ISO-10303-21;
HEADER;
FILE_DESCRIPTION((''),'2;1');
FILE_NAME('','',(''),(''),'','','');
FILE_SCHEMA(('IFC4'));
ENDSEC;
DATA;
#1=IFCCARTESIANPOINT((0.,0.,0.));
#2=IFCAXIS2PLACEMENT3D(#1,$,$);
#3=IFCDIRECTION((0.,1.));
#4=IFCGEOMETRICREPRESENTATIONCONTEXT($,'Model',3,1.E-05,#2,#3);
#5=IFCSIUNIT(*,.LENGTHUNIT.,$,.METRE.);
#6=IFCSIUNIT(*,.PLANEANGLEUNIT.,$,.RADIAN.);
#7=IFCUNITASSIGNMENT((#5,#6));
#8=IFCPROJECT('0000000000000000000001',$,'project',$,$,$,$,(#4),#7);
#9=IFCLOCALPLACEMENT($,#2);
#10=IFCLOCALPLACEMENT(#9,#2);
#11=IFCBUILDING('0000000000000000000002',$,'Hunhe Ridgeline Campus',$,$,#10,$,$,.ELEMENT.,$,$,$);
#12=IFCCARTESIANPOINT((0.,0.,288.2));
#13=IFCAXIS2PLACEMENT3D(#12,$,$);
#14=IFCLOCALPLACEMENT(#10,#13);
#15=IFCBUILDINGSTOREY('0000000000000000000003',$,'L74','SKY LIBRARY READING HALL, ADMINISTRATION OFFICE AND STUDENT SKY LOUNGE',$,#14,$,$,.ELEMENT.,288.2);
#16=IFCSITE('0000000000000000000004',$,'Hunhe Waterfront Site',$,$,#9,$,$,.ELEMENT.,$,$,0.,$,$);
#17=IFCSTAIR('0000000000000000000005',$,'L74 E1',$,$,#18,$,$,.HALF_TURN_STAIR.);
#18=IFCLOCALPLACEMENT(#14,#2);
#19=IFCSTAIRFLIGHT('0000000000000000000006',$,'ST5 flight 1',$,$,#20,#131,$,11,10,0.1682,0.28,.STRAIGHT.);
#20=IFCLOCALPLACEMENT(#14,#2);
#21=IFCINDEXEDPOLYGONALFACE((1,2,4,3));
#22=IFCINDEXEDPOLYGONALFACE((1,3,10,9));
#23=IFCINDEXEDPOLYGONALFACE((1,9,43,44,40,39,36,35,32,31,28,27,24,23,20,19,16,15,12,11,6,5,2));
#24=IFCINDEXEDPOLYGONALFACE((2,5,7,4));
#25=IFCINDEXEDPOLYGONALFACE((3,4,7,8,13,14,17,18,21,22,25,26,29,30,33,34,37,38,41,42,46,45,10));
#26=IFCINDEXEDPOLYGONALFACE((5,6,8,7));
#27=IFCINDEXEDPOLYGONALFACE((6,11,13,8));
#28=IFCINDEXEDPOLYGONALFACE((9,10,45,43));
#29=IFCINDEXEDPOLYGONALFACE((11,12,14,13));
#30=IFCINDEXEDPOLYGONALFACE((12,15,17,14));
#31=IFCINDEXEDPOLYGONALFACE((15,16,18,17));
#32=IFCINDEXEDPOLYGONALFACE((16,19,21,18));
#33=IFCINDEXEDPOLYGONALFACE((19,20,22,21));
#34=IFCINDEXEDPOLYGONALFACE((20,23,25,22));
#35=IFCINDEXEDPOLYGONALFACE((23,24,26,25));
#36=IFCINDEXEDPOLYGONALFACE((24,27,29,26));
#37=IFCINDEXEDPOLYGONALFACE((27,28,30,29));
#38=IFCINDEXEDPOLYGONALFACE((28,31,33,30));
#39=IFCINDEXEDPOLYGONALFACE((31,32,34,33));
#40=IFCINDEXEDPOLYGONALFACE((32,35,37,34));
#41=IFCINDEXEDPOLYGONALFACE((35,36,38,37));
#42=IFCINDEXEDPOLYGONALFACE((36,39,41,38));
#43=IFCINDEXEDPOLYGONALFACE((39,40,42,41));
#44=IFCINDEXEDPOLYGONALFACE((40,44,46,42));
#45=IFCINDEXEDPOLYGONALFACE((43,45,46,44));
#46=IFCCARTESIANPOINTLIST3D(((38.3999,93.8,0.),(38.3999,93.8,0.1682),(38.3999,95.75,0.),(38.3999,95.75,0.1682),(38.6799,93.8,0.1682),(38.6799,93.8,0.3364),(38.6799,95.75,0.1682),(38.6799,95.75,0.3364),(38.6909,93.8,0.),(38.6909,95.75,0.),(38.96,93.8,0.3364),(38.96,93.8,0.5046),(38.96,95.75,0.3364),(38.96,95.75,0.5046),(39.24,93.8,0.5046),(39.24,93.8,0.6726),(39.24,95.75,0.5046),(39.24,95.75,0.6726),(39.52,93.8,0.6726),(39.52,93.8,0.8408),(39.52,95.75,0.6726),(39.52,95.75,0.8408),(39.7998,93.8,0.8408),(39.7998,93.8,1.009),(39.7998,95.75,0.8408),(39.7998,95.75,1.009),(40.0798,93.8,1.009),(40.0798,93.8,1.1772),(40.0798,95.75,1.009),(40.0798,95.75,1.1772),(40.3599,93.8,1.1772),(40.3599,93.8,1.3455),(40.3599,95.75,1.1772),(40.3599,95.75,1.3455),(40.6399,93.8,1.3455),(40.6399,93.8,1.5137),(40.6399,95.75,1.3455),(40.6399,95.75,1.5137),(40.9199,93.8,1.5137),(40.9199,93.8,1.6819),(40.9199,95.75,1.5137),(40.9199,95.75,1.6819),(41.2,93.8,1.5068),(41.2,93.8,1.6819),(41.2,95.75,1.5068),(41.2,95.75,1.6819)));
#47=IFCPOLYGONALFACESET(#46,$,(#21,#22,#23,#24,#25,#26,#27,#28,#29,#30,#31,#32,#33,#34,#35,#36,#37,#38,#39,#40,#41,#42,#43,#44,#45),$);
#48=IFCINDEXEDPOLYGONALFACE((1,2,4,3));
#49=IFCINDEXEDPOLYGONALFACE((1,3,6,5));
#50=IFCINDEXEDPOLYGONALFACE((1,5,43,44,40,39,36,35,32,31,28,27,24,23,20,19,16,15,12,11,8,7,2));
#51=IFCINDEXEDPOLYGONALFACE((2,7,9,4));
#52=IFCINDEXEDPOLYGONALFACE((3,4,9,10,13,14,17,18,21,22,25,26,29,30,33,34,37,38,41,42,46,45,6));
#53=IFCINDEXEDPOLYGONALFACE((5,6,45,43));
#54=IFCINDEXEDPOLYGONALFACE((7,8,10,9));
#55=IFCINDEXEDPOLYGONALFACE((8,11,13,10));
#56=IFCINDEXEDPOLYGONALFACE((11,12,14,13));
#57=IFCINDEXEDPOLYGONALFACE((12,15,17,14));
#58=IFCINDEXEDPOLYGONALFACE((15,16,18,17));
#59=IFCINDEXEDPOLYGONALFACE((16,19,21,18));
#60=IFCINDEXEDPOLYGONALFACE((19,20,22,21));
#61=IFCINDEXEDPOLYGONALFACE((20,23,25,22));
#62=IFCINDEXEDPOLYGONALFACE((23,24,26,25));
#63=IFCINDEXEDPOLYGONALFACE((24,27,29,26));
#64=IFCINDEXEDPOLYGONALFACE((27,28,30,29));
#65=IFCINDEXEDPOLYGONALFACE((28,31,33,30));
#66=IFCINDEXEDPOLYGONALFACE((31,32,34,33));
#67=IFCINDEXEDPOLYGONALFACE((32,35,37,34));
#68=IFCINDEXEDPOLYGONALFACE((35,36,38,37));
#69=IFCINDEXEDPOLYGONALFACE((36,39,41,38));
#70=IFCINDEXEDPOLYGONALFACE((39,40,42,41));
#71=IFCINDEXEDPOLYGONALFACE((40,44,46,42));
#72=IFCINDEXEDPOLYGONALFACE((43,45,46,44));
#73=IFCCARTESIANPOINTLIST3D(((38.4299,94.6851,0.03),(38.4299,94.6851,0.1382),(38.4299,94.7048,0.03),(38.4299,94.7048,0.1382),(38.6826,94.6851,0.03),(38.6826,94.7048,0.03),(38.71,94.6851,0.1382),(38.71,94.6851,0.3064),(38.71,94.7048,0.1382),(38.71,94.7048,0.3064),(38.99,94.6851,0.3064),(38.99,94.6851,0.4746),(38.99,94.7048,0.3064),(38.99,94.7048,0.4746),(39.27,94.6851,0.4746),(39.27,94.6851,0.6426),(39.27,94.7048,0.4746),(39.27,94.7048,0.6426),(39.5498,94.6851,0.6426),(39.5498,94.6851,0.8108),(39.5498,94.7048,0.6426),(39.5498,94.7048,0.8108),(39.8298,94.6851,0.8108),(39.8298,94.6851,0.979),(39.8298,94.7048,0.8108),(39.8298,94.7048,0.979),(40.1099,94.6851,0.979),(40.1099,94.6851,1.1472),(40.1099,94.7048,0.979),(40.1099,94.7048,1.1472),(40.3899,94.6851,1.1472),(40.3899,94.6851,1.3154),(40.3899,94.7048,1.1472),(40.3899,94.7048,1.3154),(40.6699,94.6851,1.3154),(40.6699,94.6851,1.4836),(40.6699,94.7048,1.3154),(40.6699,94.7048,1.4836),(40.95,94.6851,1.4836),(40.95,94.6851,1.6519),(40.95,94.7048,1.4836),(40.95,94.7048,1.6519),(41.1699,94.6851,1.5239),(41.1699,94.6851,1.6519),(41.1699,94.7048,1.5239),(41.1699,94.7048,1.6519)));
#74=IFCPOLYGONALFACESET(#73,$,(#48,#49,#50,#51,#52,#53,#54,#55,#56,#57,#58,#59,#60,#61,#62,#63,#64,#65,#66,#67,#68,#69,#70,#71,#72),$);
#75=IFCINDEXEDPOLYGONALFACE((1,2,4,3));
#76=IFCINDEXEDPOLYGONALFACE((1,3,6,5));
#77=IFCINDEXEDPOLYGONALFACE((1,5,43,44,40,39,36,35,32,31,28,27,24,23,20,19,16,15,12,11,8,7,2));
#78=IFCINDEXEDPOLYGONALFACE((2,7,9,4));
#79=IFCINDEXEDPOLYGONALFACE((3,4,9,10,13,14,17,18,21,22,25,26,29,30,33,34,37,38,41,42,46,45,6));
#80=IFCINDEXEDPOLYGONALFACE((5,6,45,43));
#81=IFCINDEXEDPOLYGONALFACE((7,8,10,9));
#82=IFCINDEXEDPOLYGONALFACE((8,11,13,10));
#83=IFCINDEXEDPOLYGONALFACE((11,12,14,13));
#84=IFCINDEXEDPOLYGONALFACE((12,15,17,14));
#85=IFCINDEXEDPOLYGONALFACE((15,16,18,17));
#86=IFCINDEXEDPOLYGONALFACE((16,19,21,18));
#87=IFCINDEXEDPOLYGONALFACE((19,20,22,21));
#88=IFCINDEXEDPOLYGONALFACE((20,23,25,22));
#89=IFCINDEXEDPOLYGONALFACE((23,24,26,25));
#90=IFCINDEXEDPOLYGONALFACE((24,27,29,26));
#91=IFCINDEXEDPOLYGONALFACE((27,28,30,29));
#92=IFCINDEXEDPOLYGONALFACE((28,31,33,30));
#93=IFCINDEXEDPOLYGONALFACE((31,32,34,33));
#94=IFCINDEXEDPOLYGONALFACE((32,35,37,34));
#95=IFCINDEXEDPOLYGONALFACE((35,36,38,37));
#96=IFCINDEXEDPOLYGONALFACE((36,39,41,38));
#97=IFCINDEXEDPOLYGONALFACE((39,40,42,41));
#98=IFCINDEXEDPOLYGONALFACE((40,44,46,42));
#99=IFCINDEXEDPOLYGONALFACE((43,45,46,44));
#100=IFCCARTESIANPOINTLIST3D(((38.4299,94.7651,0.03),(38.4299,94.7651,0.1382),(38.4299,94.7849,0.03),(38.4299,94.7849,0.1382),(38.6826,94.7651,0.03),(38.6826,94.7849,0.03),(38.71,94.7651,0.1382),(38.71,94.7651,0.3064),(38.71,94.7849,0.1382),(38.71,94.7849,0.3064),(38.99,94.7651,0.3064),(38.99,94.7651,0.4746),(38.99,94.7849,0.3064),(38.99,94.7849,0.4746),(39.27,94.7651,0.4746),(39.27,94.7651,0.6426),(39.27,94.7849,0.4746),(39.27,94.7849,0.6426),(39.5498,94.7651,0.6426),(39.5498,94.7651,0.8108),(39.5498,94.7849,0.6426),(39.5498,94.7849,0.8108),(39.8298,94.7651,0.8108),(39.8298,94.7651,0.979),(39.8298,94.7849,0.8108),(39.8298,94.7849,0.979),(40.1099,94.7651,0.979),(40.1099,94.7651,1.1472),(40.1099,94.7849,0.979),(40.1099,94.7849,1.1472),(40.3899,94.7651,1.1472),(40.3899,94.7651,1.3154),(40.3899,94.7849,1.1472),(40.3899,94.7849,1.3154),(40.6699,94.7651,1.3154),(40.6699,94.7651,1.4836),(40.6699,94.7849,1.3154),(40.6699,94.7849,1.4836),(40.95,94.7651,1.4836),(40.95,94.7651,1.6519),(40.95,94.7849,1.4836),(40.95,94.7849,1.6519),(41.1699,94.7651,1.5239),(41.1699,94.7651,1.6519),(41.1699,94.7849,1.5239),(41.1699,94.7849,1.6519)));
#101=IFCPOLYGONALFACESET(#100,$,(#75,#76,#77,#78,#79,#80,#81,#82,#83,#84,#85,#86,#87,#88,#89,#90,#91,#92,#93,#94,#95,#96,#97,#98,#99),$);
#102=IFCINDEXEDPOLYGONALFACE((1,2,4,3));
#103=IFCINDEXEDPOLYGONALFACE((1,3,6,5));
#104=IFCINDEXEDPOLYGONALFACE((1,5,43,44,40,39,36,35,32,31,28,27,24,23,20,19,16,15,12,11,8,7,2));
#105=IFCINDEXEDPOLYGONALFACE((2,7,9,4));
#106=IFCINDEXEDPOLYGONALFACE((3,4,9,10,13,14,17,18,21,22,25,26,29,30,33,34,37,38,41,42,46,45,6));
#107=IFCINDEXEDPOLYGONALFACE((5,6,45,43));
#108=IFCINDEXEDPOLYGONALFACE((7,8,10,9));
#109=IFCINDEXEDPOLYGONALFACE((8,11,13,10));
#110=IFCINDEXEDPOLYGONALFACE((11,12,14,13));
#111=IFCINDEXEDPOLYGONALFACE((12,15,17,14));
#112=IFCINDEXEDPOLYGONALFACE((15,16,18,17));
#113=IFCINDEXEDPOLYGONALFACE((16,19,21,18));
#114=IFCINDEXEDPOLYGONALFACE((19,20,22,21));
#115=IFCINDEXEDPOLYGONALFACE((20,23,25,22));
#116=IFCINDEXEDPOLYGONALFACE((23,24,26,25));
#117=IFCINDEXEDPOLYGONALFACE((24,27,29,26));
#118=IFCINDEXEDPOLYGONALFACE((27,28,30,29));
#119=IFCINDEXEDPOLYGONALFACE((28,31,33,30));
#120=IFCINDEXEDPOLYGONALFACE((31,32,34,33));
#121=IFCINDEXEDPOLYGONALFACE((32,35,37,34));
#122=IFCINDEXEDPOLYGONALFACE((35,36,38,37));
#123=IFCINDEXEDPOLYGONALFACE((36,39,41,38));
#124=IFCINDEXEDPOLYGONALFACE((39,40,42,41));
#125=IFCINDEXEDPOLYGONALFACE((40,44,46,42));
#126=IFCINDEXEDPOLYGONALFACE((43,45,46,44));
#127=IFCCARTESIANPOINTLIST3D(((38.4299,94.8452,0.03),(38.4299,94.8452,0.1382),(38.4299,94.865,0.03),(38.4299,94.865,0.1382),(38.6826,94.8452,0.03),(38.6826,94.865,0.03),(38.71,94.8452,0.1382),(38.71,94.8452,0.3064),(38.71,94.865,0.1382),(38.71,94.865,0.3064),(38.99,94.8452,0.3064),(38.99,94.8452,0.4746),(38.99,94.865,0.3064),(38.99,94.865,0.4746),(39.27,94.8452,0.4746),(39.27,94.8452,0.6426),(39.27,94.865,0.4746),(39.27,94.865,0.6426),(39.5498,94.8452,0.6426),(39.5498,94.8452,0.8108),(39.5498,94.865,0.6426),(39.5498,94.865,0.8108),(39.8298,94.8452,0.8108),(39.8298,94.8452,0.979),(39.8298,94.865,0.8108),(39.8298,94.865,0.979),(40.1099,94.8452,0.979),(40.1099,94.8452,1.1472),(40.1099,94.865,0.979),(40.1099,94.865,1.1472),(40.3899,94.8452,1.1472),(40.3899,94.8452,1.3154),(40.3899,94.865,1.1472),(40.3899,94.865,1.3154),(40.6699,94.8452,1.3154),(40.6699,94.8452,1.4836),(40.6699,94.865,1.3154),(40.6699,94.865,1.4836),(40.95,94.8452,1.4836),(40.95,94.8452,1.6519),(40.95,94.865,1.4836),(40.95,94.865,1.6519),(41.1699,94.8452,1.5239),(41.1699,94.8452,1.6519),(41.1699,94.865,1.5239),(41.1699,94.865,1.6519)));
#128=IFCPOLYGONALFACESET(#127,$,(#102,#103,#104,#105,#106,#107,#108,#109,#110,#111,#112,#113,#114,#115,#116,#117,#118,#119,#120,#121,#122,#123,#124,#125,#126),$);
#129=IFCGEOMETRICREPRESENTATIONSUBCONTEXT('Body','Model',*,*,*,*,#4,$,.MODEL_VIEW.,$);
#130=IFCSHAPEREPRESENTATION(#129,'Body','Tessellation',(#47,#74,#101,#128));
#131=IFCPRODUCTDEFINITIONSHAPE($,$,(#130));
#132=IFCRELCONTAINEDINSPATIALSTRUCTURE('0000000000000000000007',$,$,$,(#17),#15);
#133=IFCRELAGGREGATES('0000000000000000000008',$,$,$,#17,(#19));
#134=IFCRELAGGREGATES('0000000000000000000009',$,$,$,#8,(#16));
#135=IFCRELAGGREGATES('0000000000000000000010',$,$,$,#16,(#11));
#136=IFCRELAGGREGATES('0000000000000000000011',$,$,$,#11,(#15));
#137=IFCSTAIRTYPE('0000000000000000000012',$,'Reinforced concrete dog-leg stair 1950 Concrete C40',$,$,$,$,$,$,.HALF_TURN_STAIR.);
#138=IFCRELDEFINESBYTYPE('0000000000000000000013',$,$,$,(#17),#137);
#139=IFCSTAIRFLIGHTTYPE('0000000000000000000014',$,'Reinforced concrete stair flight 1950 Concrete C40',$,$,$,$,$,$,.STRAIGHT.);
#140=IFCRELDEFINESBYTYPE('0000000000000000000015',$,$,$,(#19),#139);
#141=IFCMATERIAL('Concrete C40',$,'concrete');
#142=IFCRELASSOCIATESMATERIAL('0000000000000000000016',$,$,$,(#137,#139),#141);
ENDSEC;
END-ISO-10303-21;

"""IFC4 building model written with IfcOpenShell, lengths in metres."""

from ifc_helpers import new_model, si_unit, direction, frame, origin, place, context, subcontext, project, spatial, polyline, outline, extrude, material, type_object, element, aggregate, save


model = new_model("IFC4")

# Units and contexts
model_context = context("Model", 3, precision=1e-05, world=origin(), true_north=direction((0.0, 1.0)))
body_context = subcontext(model_context, "Body", "Model", "MODEL_VIEW")
ifc_project = project(units=[si_unit("LENGTHUNIT", "METRE"), si_unit("PLANEANGLEUNIT", "RADIAN")], contexts=[model_context])

# Site, building, storey
site_placement = place(None, origin())
site = spatial("IfcSite", under=ifc_project, at=site_placement, Name="Hunhe Waterfront Site", CompositionType="ELEMENT", RefElevation=0.0)
building_placement = place(site_placement, origin())
building = spatial("IfcBuilding", under=site, at=building_placement, Name="Hunhe Ridgeline Campus", CompositionType="ELEMENT")
storey_placement = place(building_placement, frame((0.0, 0.0, 288.2)))
storey = spatial("IfcBuildingStorey", under=building, at=storey_placement, Name="L74", Description="SKY LIBRARY READING HALL, ADMINISTRATION OFFICE AND STUDENT SKY LOUNGE", CompositionType="ELEMENT", Elevation=288.2)

# Stair, stair flight
ifc_material_1 = material(Name="Concrete C40", Category="concrete")
stair_type = type_object("IfcStairType", Name="Reinforced concrete dog-leg stair 1950 Concrete C40", PredefinedType="HALF_TURN_STAIR", material=ifc_material_1)
stair_placement = place(storey_placement, origin())
stair = element("IfcStair", 1, at=stair_placement, inside=storey, type_object=stair_type, Name="L74 E1", PredefinedType="HALF_TURN_STAIR")
stair_flight_type = type_object("IfcStairFlightType", Name="Reinforced concrete stair flight 1950 Concrete C40", PredefinedType="STRAIGHT", material=ifc_material_1)
stair_flight_1_placement = place(storey_placement, frame((38.3999, 94.7749, 0.0), z_axis=(0.0, 0.0, 1.0), x_axis=(1.0, 0.0, 0.0)))
stair_flight_1 = element("IfcStairFlight", 2, at=stair_flight_1_placement, type_object=stair_flight_type, Name="ST5 flight 1", NumberOfRisers=11, NumberOfTreads=10, PredefinedType="STRAIGHT", RiserHeight=0.1682, TreadLength=0.28, context=body_context, shape_type="SweptSolid", body=[
    extrude(outline(polyline([(0.0, 0.0), (0.0, 0.1682), (0.28, 0.1682), (0.28, 0.3364), (0.5601, 0.3364), (0.5601, 0.5046), (0.8401, 0.5046), (0.8401, 0.6726), (1.1201, 0.6726), (1.1201, 0.8408), (1.3999, 0.8408), (1.3999, 1.009), (1.6799, 1.009), (1.6799, 1.1772), (1.96, 1.1772), (1.96, 1.3455), (2.24, 1.3455), (2.24, 1.5137), (2.52, 1.5137), (2.52, 1.6819), (2.8, 1.6819), (2.8, 1.8501), (2.8, 1.5068), (0.291, 0.0), (0.0, 0.0)])), frame((0.0, 0.9751, 0.0), z_axis=(0.0, -1.0, 0.0), x_axis=(1.0, 0.0, 0.0)), (0.0, 0.0, 1.0), 1.95),
    extrude(outline(polyline([(0.03, 0.03), (0.03, 0.1382), (0.3101, 0.1382), (0.3101, 0.3064), (0.5901, 0.3064), (0.5901, 0.4746), (0.8701, 0.4746), (0.8701, 0.6426), (1.1499, 0.6426), (1.1499, 0.8108), (1.4299, 0.8108), (1.4299, 0.979), (1.71, 0.979), (1.71, 1.1472), (1.99, 1.1472), (1.99, 1.3154), (2.27, 1.3154), (2.27, 1.4836), (2.55, 1.4836), (2.55, 1.6519), (2.77, 1.6519), (2.77, 1.5239), (0.2827, 0.03), (0.03, 0.03)])), frame((0.0, -0.0701, 0.0), z_axis=(0.0, -1.0, 0.0), x_axis=(1.0, 0.0, 0.0)), (0.0, 0.0, 1.0), 0.0198),
    extrude(outline(polyline([(0.03, 0.03), (0.03, 0.1382), (0.3101, 0.1382), (0.3101, 0.3064), (0.5901, 0.3064), (0.5901, 0.4746), (0.8701, 0.4746), (0.8701, 0.6426), (1.1499, 0.6426), (1.1499, 0.8108), (1.4299, 0.8108), (1.4299, 0.979), (1.71, 0.979), (1.71, 1.1472), (1.99, 1.1472), (1.99, 1.3154), (2.27, 1.3154), (2.27, 1.4836), (2.55, 1.4836), (2.55, 1.6519), (2.77, 1.6519), (2.77, 1.5239), (0.2827, 0.03), (0.03, 0.03)])), frame((0.0, 0.01, 0.0), z_axis=(0.0, -1.0, 0.0), x_axis=(1.0, 0.0, 0.0)), (0.0, 0.0, 1.0), 0.0198),
    extrude(outline(polyline([(0.03, 0.03), (0.03, 0.1382), (0.3101, 0.1382), (0.3101, 0.3064), (0.5901, 0.3064), (0.5901, 0.4746), (0.8701, 0.4746), (0.8701, 0.6426), (1.1499, 0.6426), (1.1499, 0.8108), (1.4299, 0.8108), (1.4299, 0.979), (1.71, 0.979), (1.71, 1.1472), (1.99, 1.1472), (1.99, 1.3154), (2.27, 1.3154), (2.27, 1.4836), (2.55, 1.4836), (2.55, 1.6519), (2.77, 1.6519), (2.77, 1.5239), (0.2827, 0.03), (0.03, 0.03)])), frame((0.0, 0.0901, 0.0), z_axis=(0.0, -1.0, 0.0), x_axis=(1.0, 0.0, 0.0)), (0.0, 0.0, 1.0), 0.0198),
])
aggregate(stair, [stair_flight_1])

save(model, "model.ifc")
